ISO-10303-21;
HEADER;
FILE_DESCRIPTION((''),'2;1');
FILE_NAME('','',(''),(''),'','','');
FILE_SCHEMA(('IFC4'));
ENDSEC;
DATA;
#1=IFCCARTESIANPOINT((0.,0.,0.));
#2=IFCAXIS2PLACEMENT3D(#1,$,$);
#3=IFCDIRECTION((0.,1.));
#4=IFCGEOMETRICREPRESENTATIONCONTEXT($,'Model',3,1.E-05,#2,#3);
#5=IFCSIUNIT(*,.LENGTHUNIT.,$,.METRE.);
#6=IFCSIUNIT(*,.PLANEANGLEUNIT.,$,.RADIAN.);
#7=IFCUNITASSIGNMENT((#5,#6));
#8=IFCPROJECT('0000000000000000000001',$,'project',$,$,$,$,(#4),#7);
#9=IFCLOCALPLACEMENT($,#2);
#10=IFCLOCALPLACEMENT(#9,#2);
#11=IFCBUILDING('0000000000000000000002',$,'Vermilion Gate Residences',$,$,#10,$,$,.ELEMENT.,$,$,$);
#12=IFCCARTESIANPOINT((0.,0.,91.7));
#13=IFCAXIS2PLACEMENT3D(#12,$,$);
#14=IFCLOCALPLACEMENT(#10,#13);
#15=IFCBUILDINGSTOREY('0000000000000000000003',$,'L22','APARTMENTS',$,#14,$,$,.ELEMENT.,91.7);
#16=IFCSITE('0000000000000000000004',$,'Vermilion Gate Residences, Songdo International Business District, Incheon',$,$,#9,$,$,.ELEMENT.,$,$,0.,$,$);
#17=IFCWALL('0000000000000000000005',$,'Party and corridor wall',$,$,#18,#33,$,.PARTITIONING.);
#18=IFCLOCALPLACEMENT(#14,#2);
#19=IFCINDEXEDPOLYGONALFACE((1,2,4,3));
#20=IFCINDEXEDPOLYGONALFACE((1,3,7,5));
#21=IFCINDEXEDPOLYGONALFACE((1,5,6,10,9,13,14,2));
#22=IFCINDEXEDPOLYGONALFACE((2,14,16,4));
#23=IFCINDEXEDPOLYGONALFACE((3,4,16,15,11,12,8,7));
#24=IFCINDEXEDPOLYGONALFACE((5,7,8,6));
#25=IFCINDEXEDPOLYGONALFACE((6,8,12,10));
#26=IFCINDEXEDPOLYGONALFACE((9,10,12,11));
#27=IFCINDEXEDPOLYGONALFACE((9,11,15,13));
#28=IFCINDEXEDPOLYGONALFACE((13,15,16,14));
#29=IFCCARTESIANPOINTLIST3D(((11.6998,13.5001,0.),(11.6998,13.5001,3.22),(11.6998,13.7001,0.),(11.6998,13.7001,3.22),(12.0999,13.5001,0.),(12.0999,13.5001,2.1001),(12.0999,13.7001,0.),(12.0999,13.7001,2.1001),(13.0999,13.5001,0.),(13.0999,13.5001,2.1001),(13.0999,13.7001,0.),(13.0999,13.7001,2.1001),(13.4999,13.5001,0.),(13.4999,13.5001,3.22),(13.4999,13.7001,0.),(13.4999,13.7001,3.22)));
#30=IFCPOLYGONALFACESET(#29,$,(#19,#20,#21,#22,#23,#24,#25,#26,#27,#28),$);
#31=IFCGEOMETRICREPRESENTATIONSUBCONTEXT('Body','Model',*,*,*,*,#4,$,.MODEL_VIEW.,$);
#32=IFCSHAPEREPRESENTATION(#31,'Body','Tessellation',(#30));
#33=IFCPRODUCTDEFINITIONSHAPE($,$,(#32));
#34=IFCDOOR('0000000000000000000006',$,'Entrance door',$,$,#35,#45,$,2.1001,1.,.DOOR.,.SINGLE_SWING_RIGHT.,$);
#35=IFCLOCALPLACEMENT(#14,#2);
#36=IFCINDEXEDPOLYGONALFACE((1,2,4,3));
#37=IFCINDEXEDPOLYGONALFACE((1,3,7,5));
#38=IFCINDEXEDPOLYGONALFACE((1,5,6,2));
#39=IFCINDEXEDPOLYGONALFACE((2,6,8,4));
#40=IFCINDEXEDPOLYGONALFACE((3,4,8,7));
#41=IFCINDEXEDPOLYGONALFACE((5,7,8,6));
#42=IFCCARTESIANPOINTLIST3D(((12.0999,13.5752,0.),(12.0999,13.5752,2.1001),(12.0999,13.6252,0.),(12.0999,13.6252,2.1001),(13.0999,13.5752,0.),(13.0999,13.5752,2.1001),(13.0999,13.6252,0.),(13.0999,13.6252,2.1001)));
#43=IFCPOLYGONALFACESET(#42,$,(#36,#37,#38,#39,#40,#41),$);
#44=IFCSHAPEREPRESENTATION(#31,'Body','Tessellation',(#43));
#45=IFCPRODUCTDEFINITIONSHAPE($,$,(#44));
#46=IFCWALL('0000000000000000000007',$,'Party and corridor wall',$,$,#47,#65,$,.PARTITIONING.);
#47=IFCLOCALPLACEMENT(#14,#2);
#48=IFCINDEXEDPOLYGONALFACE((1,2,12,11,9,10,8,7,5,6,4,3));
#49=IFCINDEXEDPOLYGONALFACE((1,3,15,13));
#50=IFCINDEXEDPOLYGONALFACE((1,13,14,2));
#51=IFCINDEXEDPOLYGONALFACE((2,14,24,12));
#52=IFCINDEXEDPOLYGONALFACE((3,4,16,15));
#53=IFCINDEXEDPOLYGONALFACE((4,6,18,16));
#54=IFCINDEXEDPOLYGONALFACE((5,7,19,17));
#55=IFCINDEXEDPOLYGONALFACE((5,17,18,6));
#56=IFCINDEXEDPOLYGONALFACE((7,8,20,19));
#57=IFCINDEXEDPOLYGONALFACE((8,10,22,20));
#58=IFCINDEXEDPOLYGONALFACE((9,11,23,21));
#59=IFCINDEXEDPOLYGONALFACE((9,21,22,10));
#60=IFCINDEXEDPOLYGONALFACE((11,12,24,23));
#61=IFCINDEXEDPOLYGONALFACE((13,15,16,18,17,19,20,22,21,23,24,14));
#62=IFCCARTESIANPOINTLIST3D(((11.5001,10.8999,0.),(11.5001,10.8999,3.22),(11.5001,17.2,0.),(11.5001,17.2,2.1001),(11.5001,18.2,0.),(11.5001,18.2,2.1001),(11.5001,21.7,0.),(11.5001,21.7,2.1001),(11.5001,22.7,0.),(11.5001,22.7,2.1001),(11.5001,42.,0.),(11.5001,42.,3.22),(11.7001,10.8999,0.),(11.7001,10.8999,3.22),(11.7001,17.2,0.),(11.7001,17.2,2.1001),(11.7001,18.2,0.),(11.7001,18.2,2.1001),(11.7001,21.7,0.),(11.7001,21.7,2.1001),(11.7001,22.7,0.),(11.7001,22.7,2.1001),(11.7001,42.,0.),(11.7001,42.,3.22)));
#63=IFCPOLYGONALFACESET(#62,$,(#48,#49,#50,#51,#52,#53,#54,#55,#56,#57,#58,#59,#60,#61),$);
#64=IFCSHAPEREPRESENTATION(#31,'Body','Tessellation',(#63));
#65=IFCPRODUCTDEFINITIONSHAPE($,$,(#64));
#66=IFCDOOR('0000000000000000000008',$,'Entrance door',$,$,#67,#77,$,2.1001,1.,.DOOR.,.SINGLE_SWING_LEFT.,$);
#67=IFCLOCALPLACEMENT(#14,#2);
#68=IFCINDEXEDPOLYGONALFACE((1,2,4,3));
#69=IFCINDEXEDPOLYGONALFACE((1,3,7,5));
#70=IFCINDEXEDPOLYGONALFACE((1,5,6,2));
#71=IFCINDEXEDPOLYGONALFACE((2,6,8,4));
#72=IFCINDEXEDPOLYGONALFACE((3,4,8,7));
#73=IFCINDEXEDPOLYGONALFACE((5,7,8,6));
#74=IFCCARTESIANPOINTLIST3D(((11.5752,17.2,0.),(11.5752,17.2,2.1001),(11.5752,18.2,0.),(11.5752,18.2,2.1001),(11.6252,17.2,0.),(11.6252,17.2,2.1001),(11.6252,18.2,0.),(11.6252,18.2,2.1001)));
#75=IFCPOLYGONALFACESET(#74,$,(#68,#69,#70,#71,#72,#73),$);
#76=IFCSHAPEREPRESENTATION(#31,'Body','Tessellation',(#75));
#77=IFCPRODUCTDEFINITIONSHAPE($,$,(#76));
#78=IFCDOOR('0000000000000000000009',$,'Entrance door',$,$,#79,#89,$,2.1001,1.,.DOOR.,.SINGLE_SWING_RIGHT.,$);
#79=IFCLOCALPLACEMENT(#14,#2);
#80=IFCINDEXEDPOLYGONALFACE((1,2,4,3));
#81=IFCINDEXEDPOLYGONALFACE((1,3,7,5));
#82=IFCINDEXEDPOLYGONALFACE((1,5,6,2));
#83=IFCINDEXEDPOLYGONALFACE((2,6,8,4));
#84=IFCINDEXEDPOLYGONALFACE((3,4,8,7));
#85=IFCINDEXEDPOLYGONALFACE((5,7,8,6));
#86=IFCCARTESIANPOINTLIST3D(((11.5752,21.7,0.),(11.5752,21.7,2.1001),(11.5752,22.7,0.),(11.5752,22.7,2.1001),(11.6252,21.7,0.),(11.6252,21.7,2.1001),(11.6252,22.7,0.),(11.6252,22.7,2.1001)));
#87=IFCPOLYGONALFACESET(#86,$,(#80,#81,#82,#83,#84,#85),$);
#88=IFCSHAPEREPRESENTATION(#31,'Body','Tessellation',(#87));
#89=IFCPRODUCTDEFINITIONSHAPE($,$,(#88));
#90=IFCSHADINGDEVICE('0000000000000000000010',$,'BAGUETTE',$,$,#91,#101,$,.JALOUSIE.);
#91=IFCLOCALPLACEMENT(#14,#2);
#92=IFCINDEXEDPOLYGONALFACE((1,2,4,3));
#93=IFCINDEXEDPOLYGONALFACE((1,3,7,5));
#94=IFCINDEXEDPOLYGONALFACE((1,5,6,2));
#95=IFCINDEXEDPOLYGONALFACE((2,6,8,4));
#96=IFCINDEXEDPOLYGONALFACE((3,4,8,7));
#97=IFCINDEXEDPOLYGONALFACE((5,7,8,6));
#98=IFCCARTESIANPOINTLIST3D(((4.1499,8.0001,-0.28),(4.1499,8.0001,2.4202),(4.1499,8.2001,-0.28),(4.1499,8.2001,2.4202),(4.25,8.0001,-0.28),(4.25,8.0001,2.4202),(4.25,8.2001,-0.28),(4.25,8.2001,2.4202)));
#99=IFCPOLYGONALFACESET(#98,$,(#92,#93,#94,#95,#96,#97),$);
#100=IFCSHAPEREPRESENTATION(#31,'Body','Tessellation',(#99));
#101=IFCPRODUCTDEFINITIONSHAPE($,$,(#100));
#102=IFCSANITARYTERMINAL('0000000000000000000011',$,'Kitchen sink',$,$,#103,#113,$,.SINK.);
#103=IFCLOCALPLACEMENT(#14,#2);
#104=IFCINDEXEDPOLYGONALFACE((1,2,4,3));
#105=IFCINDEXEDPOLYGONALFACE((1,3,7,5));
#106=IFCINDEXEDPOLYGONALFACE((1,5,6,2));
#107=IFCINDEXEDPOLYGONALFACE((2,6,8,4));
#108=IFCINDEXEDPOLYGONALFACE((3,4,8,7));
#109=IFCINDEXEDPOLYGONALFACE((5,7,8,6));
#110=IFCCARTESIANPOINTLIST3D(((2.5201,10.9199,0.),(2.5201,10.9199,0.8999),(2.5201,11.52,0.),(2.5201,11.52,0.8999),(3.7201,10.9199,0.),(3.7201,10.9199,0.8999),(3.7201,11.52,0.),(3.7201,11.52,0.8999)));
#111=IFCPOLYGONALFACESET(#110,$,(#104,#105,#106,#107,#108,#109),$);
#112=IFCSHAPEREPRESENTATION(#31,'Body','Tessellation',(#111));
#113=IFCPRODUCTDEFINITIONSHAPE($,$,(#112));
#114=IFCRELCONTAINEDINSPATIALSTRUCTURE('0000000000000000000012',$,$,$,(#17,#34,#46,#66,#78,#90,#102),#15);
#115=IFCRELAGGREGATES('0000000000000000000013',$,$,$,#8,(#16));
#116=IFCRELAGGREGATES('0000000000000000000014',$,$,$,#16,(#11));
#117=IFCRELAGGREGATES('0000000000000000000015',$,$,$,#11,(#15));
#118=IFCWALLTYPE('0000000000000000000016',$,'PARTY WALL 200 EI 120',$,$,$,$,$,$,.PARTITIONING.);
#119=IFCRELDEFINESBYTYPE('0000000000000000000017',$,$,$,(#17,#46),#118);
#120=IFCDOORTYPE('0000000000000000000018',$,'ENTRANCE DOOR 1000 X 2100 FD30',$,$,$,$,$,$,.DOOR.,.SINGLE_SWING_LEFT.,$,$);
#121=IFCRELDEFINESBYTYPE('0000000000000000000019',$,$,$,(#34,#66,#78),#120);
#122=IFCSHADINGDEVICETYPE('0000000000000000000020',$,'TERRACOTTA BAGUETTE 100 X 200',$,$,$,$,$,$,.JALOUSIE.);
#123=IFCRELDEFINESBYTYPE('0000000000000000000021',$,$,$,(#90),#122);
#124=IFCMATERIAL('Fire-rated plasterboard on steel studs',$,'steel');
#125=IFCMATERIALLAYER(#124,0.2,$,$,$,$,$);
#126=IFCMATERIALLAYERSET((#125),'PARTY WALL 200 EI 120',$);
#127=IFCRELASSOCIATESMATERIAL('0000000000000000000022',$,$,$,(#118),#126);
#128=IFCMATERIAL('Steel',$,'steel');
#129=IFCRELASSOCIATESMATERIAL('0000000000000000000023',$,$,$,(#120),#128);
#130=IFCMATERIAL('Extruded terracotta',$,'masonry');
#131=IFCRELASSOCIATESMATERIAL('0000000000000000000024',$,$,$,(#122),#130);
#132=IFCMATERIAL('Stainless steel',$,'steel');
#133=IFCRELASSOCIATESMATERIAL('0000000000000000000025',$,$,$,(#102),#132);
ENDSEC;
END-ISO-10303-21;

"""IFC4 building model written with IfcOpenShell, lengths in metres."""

from ifc_helpers import new_model, si_unit, direction, frame, frame_2d, origin, origin_2d, place, context, subcontext, project, spatial, rectangle, extrude, material, layer, layer_set, material_profile, profile_set, type_object, element, fill, save


model = new_model("IFC4")

# Units and contexts
model_context = context("Model", 3, precision=1e-05, world=origin(), true_north=direction((0.0, 1.0)))
body_context = subcontext(model_context, "Body", "Model", "MODEL_VIEW")
ifc_project = project(units=[si_unit("LENGTHUNIT", "METRE"), si_unit("PLANEANGLEUNIT", "RADIAN")], contexts=[model_context])

# Site, building, storey
site_placement = place(None, origin())
site = spatial("IfcSite", under=ifc_project, at=site_placement, Name="Vermilion Gate Residences, Songdo International Business District, Incheon", CompositionType="ELEMENT", RefElevation=0.0)
building_placement = place(site_placement, origin())
building = spatial("IfcBuilding", under=site, at=building_placement, Name="Vermilion Gate Residences", CompositionType="ELEMENT")
storey_placement = place(building_placement, frame((0.0, 0.0, 91.7)))
storey = spatial("IfcBuildingStorey", under=building, at=storey_placement, Name="L22", Description="APARTMENTS", CompositionType="ELEMENT", Elevation=91.7)

# Wall, opening, door
ifc_material_1 = material(Name="Fire-rated plasterboard on steel studs", Category="steel")
ifc_layer_1 = layer(ifc_material_1, 0.2)
ifc_layer_set_1 = layer_set([ifc_layer_1], Name="PARTY WALL 200 EI 120")
wall_type_1 = type_object("IfcWallType", Name="PARTY WALL 200 EI 120", PredefinedType="PARTITIONING", material=ifc_layer_set_1)
wall_1_placement = place(storey_placement, frame((11.7, 13.6001, 0.0), z_axis=(0.0, 0.0, 1.0), x_axis=(1.0, 0.0, 0.0)))
wall_1 = element("IfcWall", 1, at=wall_1_placement, inside=storey, type_object=wall_type_1, Name="Party and corridor wall", PredefinedType="PARTITIONING", context=body_context, shape_type="SweptSolid", body=[
    extrude(rectangle(XDim=1.8, YDim=0.2, at=frame_2d((0.8999, 0.0))), origin(), (0.0, 0.0, 1.0), 3.22),
])
opening_1_placement = place(wall_1_placement, frame((0.3999, 0.0, 0.0)))
opening_1 = element("IfcOpeningElement", 2, at=opening_1_placement, cuts=wall_1, PredefinedType="OPENING", context=body_context, shape_type="SweptSolid", body=[
    extrude(rectangle(XDim=1.0, YDim=2.1001, at=frame_2d((0.5, 1.05))), frame((0.0, 0.1099, 0.0), z_axis=(0.0, -1.0, 0.0), x_axis=(1.0, 0.0, 0.0)), (0.0, 0.0, 1.0), 0.22),
])
ifc_material_2 = material(Name="Steel", Category="steel")
door_type_1 = type_object("IfcDoorType", Name="ENTRANCE DOOR 1000 X 2100 FD30", OperationType="SINGLE_SWING_LEFT", PredefinedType="DOOR", material=ifc_material_2)
door_1_placement = place(opening_1_placement, frame((1.0, 0.0, 0.0), z_axis=(0.0, 0.0, 1.0), x_axis=(-1.0, 0.0, 0.0)))
door_1 = element("IfcDoor", 3, at=door_1_placement, inside=storey, type_object=door_type_1, Name="Entrance door", OperationType="SINGLE_SWING_RIGHT", OverallHeight=2.1001, OverallWidth=1.0, PredefinedType="DOOR", context=body_context, shape_type="SweptSolid", body=[
    extrude(rectangle(XDim=1.0, YDim=2.1001, at=frame_2d((0.5, 1.05))), frame((0.0, 0.0249, 0.0), z_axis=(0.0, -1.0, 0.0), x_axis=(1.0, 0.0, 0.0)), (0.0, 0.0, 1.0), 0.05),
])
fill(opening_1, door_1)

# Wall, openings, doors
wall_2_placement = place(storey_placement, frame((11.6001, 10.8999, 0.0), z_axis=(0.0, 0.0, 1.0), x_axis=(0.0, 1.0, 0.0)))
wall_2 = element("IfcWall", 4, at=wall_2_placement, inside=storey, type_object=wall_type_1, Name="Party and corridor wall", PredefinedType="PARTITIONING", context=body_context, shape_type="SweptSolid", body=[
    extrude(rectangle(XDim=31.1001, YDim=0.2, at=frame_2d((15.55, 0.0))), origin(), (0.0, 0.0, 1.0), 3.22),
])
opening_2_placement = place(wall_2_placement, frame((6.3, 0.0, 0.0)))
opening_2 = element("IfcOpeningElement", 5, at=opening_2_placement, cuts=wall_2, PredefinedType="OPENING", context=body_context, shape_type="SweptSolid", body=[
    extrude(rectangle(XDim=1.0, YDim=2.1001, at=frame_2d((0.5, 1.05))), frame((0.0, 0.1099, 0.0), z_axis=(0.0, -1.0, 0.0), x_axis=(1.0, 0.0, 0.0)), (0.0, 0.0, 1.0), 0.22),
])
opening_3_placement = place(wall_2_placement, frame((10.8, 0.0, 0.0)))
opening_3 = element("IfcOpeningElement", 6, at=opening_3_placement, cuts=wall_2, PredefinedType="OPENING", context=body_context, shape_type="SweptSolid", body=[
    extrude(rectangle(XDim=1.0, YDim=2.1001, at=frame_2d((0.5, 1.05))), frame((0.0, 0.1099, 0.0), z_axis=(0.0, -1.0, 0.0), x_axis=(1.0, 0.0, 0.0)), (0.0, 0.0, 1.0), 0.22),
])
door_2_placement = place(opening_2_placement, origin())
door_2 = element("IfcDoor", 7, at=door_2_placement, inside=storey, type_object=door_type_1, Name="Entrance door", OperationType="SINGLE_SWING_LEFT", OverallHeight=2.1001, OverallWidth=1.0, PredefinedType="DOOR", context=body_context, shape_type="SweptSolid", body=[
    extrude(rectangle(XDim=1.0, YDim=2.1001, at=frame_2d((0.5, 1.05))), frame((0.0, 0.0249, 0.0), z_axis=(0.0, -1.0, 0.0), x_axis=(1.0, 0.0, 0.0)), (0.0, 0.0, 1.0), 0.05),
])
fill(opening_2, door_2)
door_3_placement = place(opening_3_placement, origin())
door_3 = element("IfcDoor", 8, at=door_3_placement, inside=storey, type_object=door_type_1, Name="Entrance door", OperationType="SINGLE_SWING_RIGHT", OverallHeight=2.1001, OverallWidth=1.0, PredefinedType="DOOR", context=body_context, shape_type="SweptSolid", body=[
    extrude(rectangle(XDim=1.0, YDim=2.1001, at=frame_2d((0.5, 1.05))), frame((0.0, 0.0249, 0.0), z_axis=(0.0, -1.0, 0.0), x_axis=(1.0, 0.0, 0.0)), (0.0, 0.0, 1.0), 0.05),
])
fill(opening_3, door_3)

# Shading device
ifc_material_3 = material(Name="Extruded terracotta", Category="masonry")
ifc_material_profile_1 = material_profile(ifc_material_3, rectangle(XDim=0.2, YDim=0.1001, at=origin_2d()), Name="BAGUETTE 100 X 200")
ifc_profile_set_1 = profile_set([ifc_material_profile_1], Name="Extruded terracotta")
shading_device_type = type_object("IfcShadingDeviceType", Name="TERRACOTTA BAGUETTE 100 X 200", PredefinedType="JALOUSIE", material=ifc_profile_set_1)
shading_device_placement = place(storey_placement, frame((4.2, 8.1001, -0.28), z_axis=(0.0, 0.0, 1.0), x_axis=(0.0, 1.0, 0.0)))
element("IfcShadingDevice", 9, at=shading_device_placement, inside=storey, type_object=shading_device_type, Name="BAGUETTE", PredefinedType="JALOUSIE", context=body_context, shape_type="SweptSolid", body=[
    extrude(rectangle(XDim=0.2, YDim=0.1001, at=origin_2d()), origin(), (0.0, 0.0, 1.0), 2.7002),
])

# Sanitary terminal
ifc_material_4 = material(Name="Stainless steel", Category="steel")
sanitary_terminal_placement = place(storey_placement, frame((3.1201, 11.22, 0.0), z_axis=(0.0, 0.0, 1.0), x_axis=(1.0, 0.0, 0.0)))
element("IfcSanitaryTerminal", 10, at=sanitary_terminal_placement, inside=storey, material=ifc_material_4, Name="Kitchen sink", PredefinedType="SINK", context=body_context, shape_type="SweptSolid", body=[
    extrude(rectangle(XDim=1.2, YDim=0.6001, at=origin_2d()), origin(), (0.0, 0.0, 1.0), 0.8999),
])

save(model, "model.ifc")
